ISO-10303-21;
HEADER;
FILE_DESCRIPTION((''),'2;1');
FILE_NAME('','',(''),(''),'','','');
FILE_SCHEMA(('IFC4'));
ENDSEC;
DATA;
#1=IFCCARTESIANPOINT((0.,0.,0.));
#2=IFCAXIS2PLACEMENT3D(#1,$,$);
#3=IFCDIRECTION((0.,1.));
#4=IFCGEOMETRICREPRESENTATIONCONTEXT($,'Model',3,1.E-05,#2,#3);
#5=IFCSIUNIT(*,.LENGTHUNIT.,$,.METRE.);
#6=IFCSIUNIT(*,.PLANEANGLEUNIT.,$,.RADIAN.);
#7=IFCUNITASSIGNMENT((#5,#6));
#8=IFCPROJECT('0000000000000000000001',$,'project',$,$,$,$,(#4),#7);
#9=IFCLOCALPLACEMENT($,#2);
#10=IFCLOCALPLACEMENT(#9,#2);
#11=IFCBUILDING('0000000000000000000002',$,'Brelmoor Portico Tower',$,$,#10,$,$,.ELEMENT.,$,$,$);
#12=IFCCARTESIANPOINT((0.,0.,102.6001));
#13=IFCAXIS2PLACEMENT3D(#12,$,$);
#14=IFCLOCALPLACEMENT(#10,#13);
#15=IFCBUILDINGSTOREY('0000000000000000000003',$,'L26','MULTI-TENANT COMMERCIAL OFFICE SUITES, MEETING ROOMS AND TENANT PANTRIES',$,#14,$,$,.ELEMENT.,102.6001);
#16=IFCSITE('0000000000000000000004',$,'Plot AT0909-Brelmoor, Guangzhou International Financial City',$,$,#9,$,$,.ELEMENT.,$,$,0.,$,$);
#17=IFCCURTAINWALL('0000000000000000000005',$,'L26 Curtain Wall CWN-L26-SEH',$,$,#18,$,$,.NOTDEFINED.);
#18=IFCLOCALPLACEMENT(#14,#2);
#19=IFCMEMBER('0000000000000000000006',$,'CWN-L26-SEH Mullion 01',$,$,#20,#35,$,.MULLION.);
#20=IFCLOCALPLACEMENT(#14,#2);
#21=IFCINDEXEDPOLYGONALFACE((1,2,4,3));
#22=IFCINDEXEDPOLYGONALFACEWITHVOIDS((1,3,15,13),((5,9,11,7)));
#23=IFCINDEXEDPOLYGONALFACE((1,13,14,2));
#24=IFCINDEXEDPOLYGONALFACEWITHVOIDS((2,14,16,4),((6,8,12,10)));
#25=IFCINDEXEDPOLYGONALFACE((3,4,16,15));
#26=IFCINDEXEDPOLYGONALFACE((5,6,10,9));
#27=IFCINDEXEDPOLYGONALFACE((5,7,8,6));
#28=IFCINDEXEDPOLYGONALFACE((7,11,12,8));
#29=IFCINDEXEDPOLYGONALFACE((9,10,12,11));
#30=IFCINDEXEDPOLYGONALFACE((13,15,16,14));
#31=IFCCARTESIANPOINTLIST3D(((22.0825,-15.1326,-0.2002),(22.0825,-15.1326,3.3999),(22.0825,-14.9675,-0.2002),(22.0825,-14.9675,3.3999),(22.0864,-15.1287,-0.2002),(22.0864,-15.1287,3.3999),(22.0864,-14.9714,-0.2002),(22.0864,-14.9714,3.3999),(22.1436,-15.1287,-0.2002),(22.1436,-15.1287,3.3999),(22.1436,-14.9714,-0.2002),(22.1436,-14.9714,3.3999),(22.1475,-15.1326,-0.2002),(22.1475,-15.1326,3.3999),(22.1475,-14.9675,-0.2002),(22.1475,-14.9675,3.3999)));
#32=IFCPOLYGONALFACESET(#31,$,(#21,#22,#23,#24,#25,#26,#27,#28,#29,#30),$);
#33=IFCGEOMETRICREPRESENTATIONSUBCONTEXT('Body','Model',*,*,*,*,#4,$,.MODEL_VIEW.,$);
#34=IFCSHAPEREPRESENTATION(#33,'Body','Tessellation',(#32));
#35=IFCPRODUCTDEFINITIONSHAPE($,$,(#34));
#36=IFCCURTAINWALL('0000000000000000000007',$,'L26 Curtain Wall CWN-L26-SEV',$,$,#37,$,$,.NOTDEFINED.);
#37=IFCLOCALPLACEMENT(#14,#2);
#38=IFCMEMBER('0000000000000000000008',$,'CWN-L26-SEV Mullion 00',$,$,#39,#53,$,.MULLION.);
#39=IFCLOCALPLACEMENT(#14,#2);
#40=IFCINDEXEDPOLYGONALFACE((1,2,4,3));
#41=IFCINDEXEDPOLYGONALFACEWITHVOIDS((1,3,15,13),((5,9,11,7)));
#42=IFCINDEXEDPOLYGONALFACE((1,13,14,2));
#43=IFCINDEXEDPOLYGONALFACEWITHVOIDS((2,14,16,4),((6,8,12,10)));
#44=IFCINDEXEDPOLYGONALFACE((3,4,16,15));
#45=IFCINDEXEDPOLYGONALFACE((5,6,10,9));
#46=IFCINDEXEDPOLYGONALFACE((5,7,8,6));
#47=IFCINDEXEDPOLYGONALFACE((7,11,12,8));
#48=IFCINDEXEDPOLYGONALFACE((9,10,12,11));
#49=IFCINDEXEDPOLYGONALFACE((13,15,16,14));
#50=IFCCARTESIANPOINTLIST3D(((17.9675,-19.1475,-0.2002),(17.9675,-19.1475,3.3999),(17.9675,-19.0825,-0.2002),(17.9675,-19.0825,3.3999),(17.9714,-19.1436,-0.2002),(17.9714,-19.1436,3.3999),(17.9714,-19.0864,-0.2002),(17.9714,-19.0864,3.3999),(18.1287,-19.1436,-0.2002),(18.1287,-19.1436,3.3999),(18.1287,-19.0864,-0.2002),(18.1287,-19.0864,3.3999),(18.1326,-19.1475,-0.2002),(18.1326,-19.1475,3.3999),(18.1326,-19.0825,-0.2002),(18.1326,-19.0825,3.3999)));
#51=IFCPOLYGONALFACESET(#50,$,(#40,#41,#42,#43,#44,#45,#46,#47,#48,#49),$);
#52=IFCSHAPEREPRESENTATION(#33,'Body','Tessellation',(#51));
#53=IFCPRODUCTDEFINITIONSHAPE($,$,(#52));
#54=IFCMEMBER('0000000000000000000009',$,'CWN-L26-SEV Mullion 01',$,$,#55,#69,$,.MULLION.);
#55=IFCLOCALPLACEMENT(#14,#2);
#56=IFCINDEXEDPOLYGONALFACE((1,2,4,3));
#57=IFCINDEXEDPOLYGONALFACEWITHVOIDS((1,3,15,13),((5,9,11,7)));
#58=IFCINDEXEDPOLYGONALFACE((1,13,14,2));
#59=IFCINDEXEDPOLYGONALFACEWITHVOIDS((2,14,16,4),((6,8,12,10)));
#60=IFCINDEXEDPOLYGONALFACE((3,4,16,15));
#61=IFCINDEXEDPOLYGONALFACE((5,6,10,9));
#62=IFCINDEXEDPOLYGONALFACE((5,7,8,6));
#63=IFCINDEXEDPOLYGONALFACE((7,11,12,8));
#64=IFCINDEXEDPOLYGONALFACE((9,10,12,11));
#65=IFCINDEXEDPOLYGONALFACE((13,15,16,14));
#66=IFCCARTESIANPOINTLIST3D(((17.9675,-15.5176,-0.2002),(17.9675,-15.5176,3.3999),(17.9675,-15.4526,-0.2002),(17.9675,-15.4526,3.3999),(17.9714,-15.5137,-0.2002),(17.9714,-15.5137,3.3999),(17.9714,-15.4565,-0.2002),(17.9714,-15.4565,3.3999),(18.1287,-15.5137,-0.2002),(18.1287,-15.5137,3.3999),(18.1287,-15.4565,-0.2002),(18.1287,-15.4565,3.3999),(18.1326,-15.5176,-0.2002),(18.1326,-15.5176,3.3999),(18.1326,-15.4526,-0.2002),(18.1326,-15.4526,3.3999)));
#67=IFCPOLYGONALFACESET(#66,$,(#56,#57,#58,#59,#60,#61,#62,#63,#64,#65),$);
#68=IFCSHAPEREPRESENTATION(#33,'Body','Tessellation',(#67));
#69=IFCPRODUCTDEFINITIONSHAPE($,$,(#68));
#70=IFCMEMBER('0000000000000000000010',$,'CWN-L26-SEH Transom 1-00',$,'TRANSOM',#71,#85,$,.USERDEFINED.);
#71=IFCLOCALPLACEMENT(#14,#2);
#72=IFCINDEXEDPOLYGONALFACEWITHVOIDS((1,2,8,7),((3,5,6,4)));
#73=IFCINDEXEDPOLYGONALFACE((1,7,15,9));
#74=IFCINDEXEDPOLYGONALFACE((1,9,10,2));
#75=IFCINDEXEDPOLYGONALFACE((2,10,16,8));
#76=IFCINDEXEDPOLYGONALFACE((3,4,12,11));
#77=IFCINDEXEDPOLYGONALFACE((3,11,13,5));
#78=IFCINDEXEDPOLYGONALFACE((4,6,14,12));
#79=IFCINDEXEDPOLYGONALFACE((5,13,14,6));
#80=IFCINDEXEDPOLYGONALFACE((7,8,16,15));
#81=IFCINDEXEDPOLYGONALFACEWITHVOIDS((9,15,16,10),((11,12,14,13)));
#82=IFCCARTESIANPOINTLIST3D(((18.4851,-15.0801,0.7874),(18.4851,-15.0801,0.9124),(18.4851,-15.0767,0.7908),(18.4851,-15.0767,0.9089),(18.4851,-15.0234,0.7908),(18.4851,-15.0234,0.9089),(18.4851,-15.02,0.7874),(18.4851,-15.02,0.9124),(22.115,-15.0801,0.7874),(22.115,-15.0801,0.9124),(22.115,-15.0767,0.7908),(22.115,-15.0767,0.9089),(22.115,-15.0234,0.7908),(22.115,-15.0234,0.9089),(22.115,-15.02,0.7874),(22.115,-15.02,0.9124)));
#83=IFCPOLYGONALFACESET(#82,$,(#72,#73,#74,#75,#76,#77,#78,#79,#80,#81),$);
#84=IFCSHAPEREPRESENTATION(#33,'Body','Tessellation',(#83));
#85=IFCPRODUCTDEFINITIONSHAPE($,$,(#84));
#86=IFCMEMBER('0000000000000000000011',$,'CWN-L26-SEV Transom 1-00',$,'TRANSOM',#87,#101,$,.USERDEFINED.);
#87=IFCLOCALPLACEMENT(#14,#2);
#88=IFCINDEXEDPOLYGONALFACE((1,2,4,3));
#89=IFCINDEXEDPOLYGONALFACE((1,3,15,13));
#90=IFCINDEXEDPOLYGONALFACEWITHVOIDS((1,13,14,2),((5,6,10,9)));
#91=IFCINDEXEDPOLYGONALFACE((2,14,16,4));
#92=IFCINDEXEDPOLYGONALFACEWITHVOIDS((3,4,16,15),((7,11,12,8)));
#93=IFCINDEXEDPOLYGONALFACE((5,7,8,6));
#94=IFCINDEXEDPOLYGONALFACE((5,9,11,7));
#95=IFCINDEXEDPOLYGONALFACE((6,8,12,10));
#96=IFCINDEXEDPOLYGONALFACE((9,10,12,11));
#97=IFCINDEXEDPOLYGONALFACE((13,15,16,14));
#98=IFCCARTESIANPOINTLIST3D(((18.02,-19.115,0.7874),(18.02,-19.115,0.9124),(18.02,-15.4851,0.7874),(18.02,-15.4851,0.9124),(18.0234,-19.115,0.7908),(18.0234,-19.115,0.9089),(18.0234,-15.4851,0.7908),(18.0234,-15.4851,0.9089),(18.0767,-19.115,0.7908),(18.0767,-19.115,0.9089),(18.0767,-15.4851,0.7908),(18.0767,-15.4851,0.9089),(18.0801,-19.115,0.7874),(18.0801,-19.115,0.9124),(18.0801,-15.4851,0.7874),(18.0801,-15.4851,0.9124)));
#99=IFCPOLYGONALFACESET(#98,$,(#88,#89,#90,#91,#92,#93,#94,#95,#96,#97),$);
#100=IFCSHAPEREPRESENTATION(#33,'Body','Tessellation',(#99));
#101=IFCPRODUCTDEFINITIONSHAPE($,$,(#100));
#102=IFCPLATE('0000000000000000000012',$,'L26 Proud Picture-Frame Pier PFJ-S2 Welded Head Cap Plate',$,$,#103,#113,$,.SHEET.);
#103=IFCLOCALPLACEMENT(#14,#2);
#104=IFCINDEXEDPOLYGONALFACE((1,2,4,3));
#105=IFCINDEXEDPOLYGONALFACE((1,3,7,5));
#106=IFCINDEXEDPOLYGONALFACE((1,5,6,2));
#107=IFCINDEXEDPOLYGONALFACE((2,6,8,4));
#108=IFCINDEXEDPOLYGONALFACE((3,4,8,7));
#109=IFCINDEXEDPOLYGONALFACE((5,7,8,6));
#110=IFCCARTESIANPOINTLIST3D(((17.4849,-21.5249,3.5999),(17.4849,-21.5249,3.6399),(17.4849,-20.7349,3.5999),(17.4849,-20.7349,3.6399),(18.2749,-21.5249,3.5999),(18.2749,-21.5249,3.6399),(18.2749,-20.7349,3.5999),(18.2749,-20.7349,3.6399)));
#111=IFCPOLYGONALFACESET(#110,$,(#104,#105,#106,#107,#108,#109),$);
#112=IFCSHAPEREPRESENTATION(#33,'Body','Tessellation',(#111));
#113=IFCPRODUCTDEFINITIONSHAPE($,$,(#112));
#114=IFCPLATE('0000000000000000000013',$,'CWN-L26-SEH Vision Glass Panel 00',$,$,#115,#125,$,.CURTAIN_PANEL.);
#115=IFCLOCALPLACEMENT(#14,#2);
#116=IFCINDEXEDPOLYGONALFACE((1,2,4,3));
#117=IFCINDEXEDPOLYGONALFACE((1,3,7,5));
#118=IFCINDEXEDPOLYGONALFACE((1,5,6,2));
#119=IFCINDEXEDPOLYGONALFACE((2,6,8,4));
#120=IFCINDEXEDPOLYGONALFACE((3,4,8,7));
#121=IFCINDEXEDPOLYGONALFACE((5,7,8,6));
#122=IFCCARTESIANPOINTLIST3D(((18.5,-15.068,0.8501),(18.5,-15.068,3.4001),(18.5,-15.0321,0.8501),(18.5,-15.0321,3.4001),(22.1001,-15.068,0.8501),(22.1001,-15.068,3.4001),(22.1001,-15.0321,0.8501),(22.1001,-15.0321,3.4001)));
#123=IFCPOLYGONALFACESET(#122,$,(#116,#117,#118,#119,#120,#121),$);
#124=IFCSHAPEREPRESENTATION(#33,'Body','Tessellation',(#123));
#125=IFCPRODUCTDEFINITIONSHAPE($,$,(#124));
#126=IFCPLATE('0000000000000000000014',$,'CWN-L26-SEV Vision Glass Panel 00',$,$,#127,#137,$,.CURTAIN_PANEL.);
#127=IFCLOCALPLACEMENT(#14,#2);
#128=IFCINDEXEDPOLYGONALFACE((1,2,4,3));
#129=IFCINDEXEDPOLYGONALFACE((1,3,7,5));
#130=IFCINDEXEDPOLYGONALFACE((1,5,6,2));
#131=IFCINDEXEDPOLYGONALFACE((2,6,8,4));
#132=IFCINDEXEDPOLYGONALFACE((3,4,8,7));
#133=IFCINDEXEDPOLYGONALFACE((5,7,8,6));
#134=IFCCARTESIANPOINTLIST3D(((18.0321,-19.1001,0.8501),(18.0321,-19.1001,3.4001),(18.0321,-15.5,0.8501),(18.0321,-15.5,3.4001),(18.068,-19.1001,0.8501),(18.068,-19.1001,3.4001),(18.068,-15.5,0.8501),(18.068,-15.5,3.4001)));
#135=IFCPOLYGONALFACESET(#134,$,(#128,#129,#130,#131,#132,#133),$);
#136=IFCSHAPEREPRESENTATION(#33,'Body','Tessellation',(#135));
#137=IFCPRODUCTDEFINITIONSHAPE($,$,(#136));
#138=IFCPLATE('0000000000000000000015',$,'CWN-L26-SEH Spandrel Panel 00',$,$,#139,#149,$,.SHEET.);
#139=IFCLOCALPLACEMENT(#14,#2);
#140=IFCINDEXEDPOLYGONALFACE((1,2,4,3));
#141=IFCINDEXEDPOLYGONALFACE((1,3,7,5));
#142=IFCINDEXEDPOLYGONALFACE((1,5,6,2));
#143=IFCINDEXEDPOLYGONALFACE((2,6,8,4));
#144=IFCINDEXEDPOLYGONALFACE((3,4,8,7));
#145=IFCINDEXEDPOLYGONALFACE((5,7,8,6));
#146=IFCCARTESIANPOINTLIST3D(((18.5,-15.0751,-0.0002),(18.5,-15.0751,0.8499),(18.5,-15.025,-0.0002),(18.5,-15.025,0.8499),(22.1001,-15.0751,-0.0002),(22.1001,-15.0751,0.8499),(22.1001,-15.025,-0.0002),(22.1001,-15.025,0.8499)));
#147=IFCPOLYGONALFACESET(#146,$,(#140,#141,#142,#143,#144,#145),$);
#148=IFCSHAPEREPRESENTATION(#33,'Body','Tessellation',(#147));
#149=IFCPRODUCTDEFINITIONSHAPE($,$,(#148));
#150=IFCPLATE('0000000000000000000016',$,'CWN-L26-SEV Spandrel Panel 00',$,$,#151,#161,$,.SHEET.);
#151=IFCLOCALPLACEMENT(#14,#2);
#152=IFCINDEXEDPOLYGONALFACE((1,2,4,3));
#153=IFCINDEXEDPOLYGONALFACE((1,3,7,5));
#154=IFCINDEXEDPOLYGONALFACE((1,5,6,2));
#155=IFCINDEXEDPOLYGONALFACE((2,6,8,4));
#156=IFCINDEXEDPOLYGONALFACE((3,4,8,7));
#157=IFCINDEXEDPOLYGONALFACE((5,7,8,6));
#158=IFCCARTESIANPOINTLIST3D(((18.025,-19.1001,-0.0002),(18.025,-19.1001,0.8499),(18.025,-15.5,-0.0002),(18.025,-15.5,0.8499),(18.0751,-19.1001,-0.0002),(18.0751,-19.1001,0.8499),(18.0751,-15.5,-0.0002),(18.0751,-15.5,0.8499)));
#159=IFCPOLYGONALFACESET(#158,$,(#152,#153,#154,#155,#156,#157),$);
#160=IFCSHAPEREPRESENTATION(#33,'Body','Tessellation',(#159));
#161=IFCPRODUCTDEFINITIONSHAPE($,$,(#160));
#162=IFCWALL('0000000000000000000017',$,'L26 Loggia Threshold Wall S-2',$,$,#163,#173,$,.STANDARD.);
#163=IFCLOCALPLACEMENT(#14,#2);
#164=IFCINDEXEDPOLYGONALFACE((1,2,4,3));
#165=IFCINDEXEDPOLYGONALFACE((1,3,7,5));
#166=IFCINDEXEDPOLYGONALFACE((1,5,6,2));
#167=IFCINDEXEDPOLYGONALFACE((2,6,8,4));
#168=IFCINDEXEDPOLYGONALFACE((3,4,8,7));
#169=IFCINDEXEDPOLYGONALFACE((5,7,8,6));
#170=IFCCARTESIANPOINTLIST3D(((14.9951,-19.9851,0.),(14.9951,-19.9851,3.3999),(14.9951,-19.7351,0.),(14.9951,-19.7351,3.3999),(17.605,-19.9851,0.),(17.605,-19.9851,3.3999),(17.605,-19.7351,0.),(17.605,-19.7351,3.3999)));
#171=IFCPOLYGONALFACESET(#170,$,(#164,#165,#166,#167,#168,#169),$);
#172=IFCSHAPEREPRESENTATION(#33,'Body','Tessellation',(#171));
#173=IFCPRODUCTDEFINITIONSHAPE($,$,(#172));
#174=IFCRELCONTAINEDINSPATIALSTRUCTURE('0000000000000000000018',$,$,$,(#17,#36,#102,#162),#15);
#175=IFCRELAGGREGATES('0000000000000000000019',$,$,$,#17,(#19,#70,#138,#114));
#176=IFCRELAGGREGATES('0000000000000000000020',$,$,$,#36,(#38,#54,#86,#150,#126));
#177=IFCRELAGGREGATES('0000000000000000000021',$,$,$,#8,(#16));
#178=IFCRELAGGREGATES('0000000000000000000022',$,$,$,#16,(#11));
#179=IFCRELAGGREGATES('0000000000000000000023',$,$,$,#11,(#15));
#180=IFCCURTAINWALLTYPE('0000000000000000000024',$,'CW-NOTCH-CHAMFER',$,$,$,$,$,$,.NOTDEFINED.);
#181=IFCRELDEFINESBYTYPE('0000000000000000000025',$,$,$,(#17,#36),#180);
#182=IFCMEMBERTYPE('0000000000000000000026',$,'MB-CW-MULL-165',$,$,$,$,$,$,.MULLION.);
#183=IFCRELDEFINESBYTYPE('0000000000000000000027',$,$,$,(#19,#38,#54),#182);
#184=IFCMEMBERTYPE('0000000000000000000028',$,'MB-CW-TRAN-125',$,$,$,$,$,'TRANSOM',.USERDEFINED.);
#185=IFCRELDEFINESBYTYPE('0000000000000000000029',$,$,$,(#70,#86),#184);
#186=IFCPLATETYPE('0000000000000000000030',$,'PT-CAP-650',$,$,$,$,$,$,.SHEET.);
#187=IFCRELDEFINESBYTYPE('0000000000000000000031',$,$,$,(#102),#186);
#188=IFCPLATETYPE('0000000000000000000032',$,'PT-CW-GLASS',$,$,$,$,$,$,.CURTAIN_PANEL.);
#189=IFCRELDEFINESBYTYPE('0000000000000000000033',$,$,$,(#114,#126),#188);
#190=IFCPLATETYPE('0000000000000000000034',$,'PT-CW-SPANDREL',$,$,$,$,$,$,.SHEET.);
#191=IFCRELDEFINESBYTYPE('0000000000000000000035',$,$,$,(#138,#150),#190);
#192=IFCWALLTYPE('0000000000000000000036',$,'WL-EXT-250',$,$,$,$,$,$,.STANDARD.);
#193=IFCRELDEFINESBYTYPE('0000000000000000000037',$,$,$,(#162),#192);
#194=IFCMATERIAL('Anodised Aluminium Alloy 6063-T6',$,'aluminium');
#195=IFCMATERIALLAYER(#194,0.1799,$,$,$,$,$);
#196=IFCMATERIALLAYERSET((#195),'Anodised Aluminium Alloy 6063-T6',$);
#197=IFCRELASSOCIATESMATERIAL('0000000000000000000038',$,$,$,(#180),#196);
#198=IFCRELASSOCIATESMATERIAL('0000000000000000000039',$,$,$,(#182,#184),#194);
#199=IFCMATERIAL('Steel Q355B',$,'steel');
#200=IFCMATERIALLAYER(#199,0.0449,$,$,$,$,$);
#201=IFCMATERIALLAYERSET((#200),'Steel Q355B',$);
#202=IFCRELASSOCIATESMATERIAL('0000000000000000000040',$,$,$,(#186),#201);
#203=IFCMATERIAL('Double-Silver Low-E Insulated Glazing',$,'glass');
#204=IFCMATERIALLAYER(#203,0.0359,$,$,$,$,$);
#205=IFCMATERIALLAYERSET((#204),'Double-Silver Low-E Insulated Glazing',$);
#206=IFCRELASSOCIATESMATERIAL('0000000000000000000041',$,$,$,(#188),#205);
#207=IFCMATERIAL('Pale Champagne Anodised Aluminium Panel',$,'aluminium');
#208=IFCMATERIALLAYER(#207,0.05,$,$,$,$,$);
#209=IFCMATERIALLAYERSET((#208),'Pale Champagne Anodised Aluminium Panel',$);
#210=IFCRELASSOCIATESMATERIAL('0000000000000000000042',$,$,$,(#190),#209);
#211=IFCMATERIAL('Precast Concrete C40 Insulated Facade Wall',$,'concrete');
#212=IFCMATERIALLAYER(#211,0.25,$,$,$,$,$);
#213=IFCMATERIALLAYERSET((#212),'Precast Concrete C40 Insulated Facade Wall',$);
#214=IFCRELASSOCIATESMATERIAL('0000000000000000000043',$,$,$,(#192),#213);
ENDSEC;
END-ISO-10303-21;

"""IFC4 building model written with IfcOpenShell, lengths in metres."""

from ifc_helpers import new_model, si_unit, direction, frame, frame_2d, origin, origin_2d, place, context, subcontext, project, spatial, rectangle, hollow_rectangle, extrude, material, layer, layer_set, material_profile, profile_set, type_object, element, aggregate, save


model = new_model("IFC4")

# Units and contexts
model_context = context("Model", 3, precision=1e-05, world=origin(), true_north=direction((0.0, 1.0)))
body_context = subcontext(model_context, "Body", "Model", "MODEL_VIEW")
ifc_project = project(units=[si_unit("LENGTHUNIT", "METRE"), si_unit("PLANEANGLEUNIT", "RADIAN")], contexts=[model_context])

# Site, building, storey
site_placement = place(None, origin())
site = spatial("IfcSite", under=ifc_project, at=site_placement, Name="Plot AT0909-Brelmoor, Guangzhou International Financial City", CompositionType="ELEMENT", RefElevation=0.0)
building_placement = place(site_placement, origin())
building = spatial("IfcBuilding", under=site, at=building_placement, Name="Brelmoor Portico Tower", CompositionType="ELEMENT")
storey_placement = place(building_placement, frame((0.0, 0.0, 102.6001)))
storey = spatial("IfcBuildingStorey", under=building, at=storey_placement, Name="L26", Description="MULTI-TENANT COMMERCIAL OFFICE SUITES, MEETING ROOMS AND TENANT PANTRIES", CompositionType="ELEMENT", Elevation=102.6001)

# Shared definitions
ifc_material_1 = material(Name="Steel Q355B", Category="steel")

# Curtain walls, members
ifc_material_2 = material(Name="Anodised Aluminium Alloy 6063-T6", Category="aluminium")
ifc_layer_1 = layer(ifc_material_2, 0.1799)
ifc_layer_set_1 = layer_set([ifc_layer_1], Name="Anodised Aluminium Alloy 6063-T6")
curtain_wall_type = type_object("IfcCurtainWallType", Name="CW-NOTCH-CHAMFER", PredefinedType="NOTDEFINED", material=ifc_layer_set_1)
curtain_wall_1_placement = place(storey_placement, origin())
curtain_wall_1 = element("IfcCurtainWall", 1, at=curtain_wall_1_placement, inside=storey, type_object=curtain_wall_type, Name="L26 Curtain Wall CWN-L26-SEH", PredefinedType="NOTDEFINED")
ifc_material_profile_1 = material_profile(ifc_material_2, hollow_rectangle(XDim=0.0649, YDim=0.165, WallThickness=0.0039, at=origin_2d()), Name="ALU MULLION 65x165")
ifc_profile_set_1 = profile_set([ifc_material_profile_1], Name="Anodised Aluminium Alloy 6063-T6")
member_type_1 = type_object("IfcMemberType", Name="MB-CW-MULL-165", PredefinedType="MULLION", material=ifc_profile_set_1)
member_1_placement = place(storey_placement, frame((22.115, -15.05, -0.2002), z_axis=(0.0, 0.0, 1.0), x_axis=(1.0, 0.0, 0.0)))
member_1 = element("IfcMember", 2, at=member_1_placement, type_object=member_type_1, Name="CWN-L26-SEH Mullion 01", PredefinedType="MULLION", context=body_context, shape_type="SweptSolid", body=[
    extrude(hollow_rectangle(XDim=0.0649, YDim=0.165, WallThickness=0.0039, at=origin_2d()), origin(), (0.0, 0.0, 1.0), 3.6001),
])
curtain_wall_2_placement = place(storey_placement, origin())
curtain_wall_2 = element("IfcCurtainWall", 3, at=curtain_wall_2_placement, inside=storey, type_object=curtain_wall_type, Name="L26 Curtain Wall CWN-L26-SEV", PredefinedType="NOTDEFINED")
member_2_placement = place(storey_placement, frame((18.05, -19.115, -0.2002), z_axis=(0.0, 0.0, 1.0), x_axis=(0.0, 1.0, 0.0)))
member_2 = element("IfcMember", 4, at=member_2_placement, type_object=member_type_1, Name="CWN-L26-SEV Mullion 00", PredefinedType="MULLION", context=body_context, shape_type="SweptSolid", body=[
    extrude(hollow_rectangle(XDim=0.0649, YDim=0.165, WallThickness=0.0039, at=origin_2d()), origin(), (0.0, 0.0, 1.0), 3.6001),
])
member_3_placement = place(storey_placement, frame((18.05, -15.4851, -0.2002), z_axis=(0.0, 0.0, 1.0), x_axis=(0.0, 1.0, 0.0)))
member_3 = element("IfcMember", 5, at=member_3_placement, type_object=member_type_1, Name="CWN-L26-SEV Mullion 01", PredefinedType="MULLION", context=body_context, shape_type="SweptSolid", body=[
    extrude(hollow_rectangle(XDim=0.0649, YDim=0.165, WallThickness=0.0039, at=origin_2d()), origin(), (0.0, 0.0, 1.0), 3.6001),
])

# Members
ifc_material_profile_2 = material_profile(ifc_material_2, hollow_rectangle(XDim=0.0601, YDim=0.125, WallThickness=0.0034, at=origin_2d()), Name="ALU TRANSOM 60x125")
ifc_profile_set_2 = profile_set([ifc_material_profile_2], Name="Anodised Aluminium Alloy 6063-T6")
member_type_2 = type_object("IfcMemberType", Name="MB-CW-TRAN-125", ElementType="TRANSOM", PredefinedType="USERDEFINED", material=ifc_profile_set_2)
member_4_placement = place(storey_placement, frame((18.4851, -15.05, 0.8499), z_axis=(1.0, 0.0, 0.0), x_axis=(0.0, 1.0, 0.0)))
member_4 = element("IfcMember", 6, at=member_4_placement, type_object=member_type_2, Name="CWN-L26-SEH Transom 1-00", ObjectType="TRANSOM", PredefinedType="USERDEFINED", context=body_context, shape_type="SweptSolid", body=[
    extrude(hollow_rectangle(XDim=0.0601, YDim=0.125, WallThickness=0.0034, at=origin_2d()), origin(), (0.0, 0.0, 1.0), 3.6299),
])
member_5_placement = place(storey_placement, frame((18.05, -19.115, 0.8499), z_axis=(0.0, 1.0, 0.0), x_axis=(-1.0, 0.0, 0.0)))
member_5 = element("IfcMember", 7, at=member_5_placement, type_object=member_type_2, Name="CWN-L26-SEV Transom 1-00", ObjectType="TRANSOM", PredefinedType="USERDEFINED", context=body_context, shape_type="SweptSolid", body=[
    extrude(hollow_rectangle(XDim=0.0601, YDim=0.125, WallThickness=0.0034, at=origin_2d()), origin(), (0.0, 0.0, 1.0), 3.6299),
])

# Plates
ifc_layer_2 = layer(ifc_material_1, 0.0449)
ifc_layer_set_2 = layer_set([ifc_layer_2], Name="Steel Q355B")
plate_type_1 = type_object("IfcPlateType", Name="PT-CAP-650", PredefinedType="SHEET", material=ifc_layer_set_2)
plate_1_placement = place(storey_placement, frame((17.8799, -21.1299, 3.5999), z_axis=(0.0, 0.0, 1.0), x_axis=(1.0, 0.0, 0.0)))
element("IfcPlate", 8, at=plate_1_placement, inside=storey, type_object=plate_type_1, Name="L26 Proud Picture-Frame Pier PFJ-S2 Welded Head Cap Plate", PredefinedType="SHEET", context=body_context, shape_type="SweptSolid", body=[
    extrude(rectangle(XDim=0.79, YDim=0.79, at=origin_2d()), origin(), (0.0, 0.0, 1.0), 0.04),
])
ifc_material_3 = material(Name="Double-Silver Low-E Insulated Glazing", Category="glass")
ifc_layer_3 = layer(ifc_material_3, 0.0359)
ifc_layer_set_3 = layer_set([ifc_layer_3], Name="Double-Silver Low-E Insulated Glazing")
plate_type_2 = type_object("IfcPlateType", Name="PT-CW-GLASS", PredefinedType="CURTAIN_PANEL", material=ifc_layer_set_3)
plate_2_placement = place(storey_placement, frame((20.3, -15.05, 0.8501), z_axis=(0.0, 0.0, 1.0), x_axis=(1.0, 0.0, 0.0)))
plate_2 = element("IfcPlate", 9, at=plate_2_placement, type_object=plate_type_2, Name="CWN-L26-SEH Vision Glass Panel 00", PredefinedType="CURTAIN_PANEL", context=body_context, shape_type="SweptSolid", body=[
    extrude(rectangle(XDim=3.6001, YDim=0.0359, at=origin_2d()), origin(), (0.0, 0.0, 1.0), 2.55),
])
plate_3_placement = place(storey_placement, frame((18.05, -17.3, 0.8501), z_axis=(0.0, 0.0, 1.0), x_axis=(0.0, 1.0, 0.0)))
plate_3 = element("IfcPlate", 10, at=plate_3_placement, type_object=plate_type_2, Name="CWN-L26-SEV Vision Glass Panel 00", PredefinedType="CURTAIN_PANEL", context=body_context, shape_type="SweptSolid", body=[
    extrude(rectangle(XDim=3.6001, YDim=0.0359, at=origin_2d()), origin(), (0.0, 0.0, 1.0), 2.55),
])
ifc_material_4 = material(Name="Pale Champagne Anodised Aluminium Panel", Category="aluminium")
ifc_layer_4 = layer(ifc_material_4, 0.05)
ifc_layer_set_4 = layer_set([ifc_layer_4], Name="Pale Champagne Anodised Aluminium Panel")
plate_type_3 = type_object("IfcPlateType", Name="PT-CW-SPANDREL", PredefinedType="SHEET", material=ifc_layer_set_4)
plate_4_placement = place(storey_placement, frame((20.3, -15.05, -0.0002), z_axis=(0.0, 0.0, 1.0), x_axis=(1.0, 0.0, 0.0)))
plate_4 = element("IfcPlate", 11, at=plate_4_placement, type_object=plate_type_3, Name="CWN-L26-SEH Spandrel Panel 00", PredefinedType="SHEET", context=body_context, shape_type="SweptSolid", body=[
    extrude(rectangle(XDim=3.6001, YDim=0.05, at=origin_2d()), origin(), (0.0, 0.0, 1.0), 0.8501),
])
aggregate(curtain_wall_1, [member_1, member_4, plate_4, plate_2])
plate_5_placement = place(storey_placement, frame((18.05, -17.3, -0.0002), z_axis=(0.0, 0.0, 1.0), x_axis=(0.0, 1.0, 0.0)))
plate_5 = element("IfcPlate", 12, at=plate_5_placement, type_object=plate_type_3, Name="CWN-L26-SEV Spandrel Panel 00", PredefinedType="SHEET", context=body_context, shape_type="SweptSolid", body=[
    extrude(rectangle(XDim=3.6001, YDim=0.05, at=origin_2d()), origin(), (0.0, 0.0, 1.0), 0.8501),
])
aggregate(curtain_wall_2, [member_2, member_3, member_5, plate_5, plate_3])

# Wall
ifc_material_5 = material(Name="Precast Concrete C40 Insulated Facade Wall", Category="concrete")
ifc_layer_5 = layer(ifc_material_5, 0.25)
ifc_layer_set_5 = layer_set([ifc_layer_5], Name="Precast Concrete C40 Insulated Facade Wall")
wall_type = type_object("IfcWallType", Name="WL-EXT-250", PredefinedType="STANDARD", material=ifc_layer_set_5)
wall_placement = place(storey_placement, frame((14.9951, -19.8601, 0.0), z_axis=(0.0, 0.0, 1.0), x_axis=(1.0, 0.0, 0.0)))
element("IfcWall", 13, at=wall_placement, inside=storey, type_object=wall_type, Name="L26 Loggia Threshold Wall S-2", PredefinedType="STANDARD", context=body_context, shape_type="SweptSolid", body=[
    extrude(rectangle(XDim=2.6099, YDim=0.25, at=frame_2d((1.3049, 0.0))), origin(), (0.0, 0.0, 1.0), 3.3999),
])

save(model, "model.ifc")
